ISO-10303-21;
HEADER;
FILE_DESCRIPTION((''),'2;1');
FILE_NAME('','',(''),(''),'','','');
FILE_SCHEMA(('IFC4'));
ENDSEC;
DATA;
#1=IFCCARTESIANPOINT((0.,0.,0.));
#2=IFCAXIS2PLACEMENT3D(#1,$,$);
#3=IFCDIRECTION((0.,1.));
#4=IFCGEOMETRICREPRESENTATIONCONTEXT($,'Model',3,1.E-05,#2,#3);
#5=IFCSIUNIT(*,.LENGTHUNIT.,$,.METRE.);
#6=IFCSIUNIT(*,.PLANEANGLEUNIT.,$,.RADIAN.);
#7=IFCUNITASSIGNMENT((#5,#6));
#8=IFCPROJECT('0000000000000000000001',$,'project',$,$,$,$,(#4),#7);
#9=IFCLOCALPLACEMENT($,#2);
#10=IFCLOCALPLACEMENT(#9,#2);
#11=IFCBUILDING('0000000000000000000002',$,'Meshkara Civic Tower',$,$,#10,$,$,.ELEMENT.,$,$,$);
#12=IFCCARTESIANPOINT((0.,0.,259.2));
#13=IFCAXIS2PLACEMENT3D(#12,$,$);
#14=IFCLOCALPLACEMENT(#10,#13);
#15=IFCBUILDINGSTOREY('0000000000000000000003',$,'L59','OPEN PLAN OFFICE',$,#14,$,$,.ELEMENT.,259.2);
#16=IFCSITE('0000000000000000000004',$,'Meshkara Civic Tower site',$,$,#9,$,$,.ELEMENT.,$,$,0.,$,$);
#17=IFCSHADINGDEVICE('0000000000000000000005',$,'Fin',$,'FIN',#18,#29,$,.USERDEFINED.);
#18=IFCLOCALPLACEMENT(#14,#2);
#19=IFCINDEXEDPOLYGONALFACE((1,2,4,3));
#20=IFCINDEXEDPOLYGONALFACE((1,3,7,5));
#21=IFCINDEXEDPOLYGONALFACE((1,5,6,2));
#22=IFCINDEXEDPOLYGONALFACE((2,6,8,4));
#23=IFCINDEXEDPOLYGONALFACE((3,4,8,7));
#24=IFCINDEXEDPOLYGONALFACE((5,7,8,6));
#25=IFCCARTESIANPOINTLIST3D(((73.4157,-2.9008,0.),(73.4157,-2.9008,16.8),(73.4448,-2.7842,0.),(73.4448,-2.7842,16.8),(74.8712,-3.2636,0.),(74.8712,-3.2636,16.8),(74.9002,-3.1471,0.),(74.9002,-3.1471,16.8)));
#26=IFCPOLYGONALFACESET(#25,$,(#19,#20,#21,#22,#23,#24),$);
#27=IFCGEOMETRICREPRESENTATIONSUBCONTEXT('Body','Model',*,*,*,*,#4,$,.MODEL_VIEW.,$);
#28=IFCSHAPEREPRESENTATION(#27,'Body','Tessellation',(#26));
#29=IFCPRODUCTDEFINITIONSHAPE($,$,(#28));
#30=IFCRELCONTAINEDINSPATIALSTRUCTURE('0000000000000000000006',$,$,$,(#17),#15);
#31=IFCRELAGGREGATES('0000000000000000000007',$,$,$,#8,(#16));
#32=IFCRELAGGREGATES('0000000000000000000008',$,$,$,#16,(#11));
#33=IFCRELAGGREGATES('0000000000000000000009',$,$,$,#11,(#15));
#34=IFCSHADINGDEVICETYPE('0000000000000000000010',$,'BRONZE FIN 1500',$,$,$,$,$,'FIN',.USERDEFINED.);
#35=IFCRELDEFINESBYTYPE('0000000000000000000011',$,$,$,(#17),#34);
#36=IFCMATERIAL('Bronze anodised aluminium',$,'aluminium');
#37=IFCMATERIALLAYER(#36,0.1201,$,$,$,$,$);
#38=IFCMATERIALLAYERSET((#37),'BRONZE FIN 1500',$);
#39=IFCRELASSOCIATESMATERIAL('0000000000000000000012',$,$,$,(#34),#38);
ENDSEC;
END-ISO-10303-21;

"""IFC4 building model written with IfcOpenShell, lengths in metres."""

from ifc_helpers import new_model, si_unit, direction, frame, origin, origin_2d, place, context, subcontext, project, spatial, rectangle, extrude, material, layer, layer_set, type_object, element, save


model = new_model("IFC4")

# Units and contexts
model_context = context("Model", 3, precision=1e-05, world=origin(), true_north=direction((0.0, 1.0)))
body_context = subcontext(model_context, "Body", "Model", "MODEL_VIEW")
ifc_project = project(units=[si_unit("LENGTHUNIT", "METRE"), si_unit("PLANEANGLEUNIT", "RADIAN")], contexts=[model_context])

# Site, building, storey
site_placement = place(None, origin())
site = spatial("IfcSite", under=ifc_project, at=site_placement, Name="Meshkara Civic Tower site", CompositionType="ELEMENT", RefElevation=0.0)
building_placement = place(site_placement, origin())
building = spatial("IfcBuilding", under=site, at=building_placement, Name="Meshkara Civic Tower", CompositionType="ELEMENT")
storey_placement = place(building_placement, frame((0.0, 0.0, 259.2)))
storey = spatial("IfcBuildingStorey", under=building, at=storey_placement, Name="L59", Description="OPEN PLAN OFFICE", CompositionType="ELEMENT", Elevation=259.2)

# Shading device
ifc_material_1 = material(Name="Bronze anodised aluminium", Category="aluminium")
ifc_layer_1 = layer(ifc_material_1, 0.1201)
ifc_layer_set_1 = layer_set([ifc_layer_1], Name="BRONZE FIN 1500")
shading_device_type = type_object("IfcShadingDeviceType", Name="BRONZE FIN 1500", ElementType="FIN", PredefinedType="USERDEFINED", material=ifc_layer_set_1)
shading_device_placement = place(storey_placement, frame((74.158, -3.0239, 0.0), z_axis=(0.0, 0.0, 1.0), x_axis=(0.241922, 0.970296, 0.0)))
element("IfcShadingDevice", 1, at=shading_device_placement, inside=storey, type_object=shading_device_type, Name="Fin", ObjectType="FIN", PredefinedType="USERDEFINED", context=body_context, shape_type="SweptSolid", body=[
    extrude(rectangle(XDim=0.1201, YDim=1.5, at=origin_2d()), origin(), (0.0, 0.0, 1.0), 16.8),
])

save(model, "model.ifc")
